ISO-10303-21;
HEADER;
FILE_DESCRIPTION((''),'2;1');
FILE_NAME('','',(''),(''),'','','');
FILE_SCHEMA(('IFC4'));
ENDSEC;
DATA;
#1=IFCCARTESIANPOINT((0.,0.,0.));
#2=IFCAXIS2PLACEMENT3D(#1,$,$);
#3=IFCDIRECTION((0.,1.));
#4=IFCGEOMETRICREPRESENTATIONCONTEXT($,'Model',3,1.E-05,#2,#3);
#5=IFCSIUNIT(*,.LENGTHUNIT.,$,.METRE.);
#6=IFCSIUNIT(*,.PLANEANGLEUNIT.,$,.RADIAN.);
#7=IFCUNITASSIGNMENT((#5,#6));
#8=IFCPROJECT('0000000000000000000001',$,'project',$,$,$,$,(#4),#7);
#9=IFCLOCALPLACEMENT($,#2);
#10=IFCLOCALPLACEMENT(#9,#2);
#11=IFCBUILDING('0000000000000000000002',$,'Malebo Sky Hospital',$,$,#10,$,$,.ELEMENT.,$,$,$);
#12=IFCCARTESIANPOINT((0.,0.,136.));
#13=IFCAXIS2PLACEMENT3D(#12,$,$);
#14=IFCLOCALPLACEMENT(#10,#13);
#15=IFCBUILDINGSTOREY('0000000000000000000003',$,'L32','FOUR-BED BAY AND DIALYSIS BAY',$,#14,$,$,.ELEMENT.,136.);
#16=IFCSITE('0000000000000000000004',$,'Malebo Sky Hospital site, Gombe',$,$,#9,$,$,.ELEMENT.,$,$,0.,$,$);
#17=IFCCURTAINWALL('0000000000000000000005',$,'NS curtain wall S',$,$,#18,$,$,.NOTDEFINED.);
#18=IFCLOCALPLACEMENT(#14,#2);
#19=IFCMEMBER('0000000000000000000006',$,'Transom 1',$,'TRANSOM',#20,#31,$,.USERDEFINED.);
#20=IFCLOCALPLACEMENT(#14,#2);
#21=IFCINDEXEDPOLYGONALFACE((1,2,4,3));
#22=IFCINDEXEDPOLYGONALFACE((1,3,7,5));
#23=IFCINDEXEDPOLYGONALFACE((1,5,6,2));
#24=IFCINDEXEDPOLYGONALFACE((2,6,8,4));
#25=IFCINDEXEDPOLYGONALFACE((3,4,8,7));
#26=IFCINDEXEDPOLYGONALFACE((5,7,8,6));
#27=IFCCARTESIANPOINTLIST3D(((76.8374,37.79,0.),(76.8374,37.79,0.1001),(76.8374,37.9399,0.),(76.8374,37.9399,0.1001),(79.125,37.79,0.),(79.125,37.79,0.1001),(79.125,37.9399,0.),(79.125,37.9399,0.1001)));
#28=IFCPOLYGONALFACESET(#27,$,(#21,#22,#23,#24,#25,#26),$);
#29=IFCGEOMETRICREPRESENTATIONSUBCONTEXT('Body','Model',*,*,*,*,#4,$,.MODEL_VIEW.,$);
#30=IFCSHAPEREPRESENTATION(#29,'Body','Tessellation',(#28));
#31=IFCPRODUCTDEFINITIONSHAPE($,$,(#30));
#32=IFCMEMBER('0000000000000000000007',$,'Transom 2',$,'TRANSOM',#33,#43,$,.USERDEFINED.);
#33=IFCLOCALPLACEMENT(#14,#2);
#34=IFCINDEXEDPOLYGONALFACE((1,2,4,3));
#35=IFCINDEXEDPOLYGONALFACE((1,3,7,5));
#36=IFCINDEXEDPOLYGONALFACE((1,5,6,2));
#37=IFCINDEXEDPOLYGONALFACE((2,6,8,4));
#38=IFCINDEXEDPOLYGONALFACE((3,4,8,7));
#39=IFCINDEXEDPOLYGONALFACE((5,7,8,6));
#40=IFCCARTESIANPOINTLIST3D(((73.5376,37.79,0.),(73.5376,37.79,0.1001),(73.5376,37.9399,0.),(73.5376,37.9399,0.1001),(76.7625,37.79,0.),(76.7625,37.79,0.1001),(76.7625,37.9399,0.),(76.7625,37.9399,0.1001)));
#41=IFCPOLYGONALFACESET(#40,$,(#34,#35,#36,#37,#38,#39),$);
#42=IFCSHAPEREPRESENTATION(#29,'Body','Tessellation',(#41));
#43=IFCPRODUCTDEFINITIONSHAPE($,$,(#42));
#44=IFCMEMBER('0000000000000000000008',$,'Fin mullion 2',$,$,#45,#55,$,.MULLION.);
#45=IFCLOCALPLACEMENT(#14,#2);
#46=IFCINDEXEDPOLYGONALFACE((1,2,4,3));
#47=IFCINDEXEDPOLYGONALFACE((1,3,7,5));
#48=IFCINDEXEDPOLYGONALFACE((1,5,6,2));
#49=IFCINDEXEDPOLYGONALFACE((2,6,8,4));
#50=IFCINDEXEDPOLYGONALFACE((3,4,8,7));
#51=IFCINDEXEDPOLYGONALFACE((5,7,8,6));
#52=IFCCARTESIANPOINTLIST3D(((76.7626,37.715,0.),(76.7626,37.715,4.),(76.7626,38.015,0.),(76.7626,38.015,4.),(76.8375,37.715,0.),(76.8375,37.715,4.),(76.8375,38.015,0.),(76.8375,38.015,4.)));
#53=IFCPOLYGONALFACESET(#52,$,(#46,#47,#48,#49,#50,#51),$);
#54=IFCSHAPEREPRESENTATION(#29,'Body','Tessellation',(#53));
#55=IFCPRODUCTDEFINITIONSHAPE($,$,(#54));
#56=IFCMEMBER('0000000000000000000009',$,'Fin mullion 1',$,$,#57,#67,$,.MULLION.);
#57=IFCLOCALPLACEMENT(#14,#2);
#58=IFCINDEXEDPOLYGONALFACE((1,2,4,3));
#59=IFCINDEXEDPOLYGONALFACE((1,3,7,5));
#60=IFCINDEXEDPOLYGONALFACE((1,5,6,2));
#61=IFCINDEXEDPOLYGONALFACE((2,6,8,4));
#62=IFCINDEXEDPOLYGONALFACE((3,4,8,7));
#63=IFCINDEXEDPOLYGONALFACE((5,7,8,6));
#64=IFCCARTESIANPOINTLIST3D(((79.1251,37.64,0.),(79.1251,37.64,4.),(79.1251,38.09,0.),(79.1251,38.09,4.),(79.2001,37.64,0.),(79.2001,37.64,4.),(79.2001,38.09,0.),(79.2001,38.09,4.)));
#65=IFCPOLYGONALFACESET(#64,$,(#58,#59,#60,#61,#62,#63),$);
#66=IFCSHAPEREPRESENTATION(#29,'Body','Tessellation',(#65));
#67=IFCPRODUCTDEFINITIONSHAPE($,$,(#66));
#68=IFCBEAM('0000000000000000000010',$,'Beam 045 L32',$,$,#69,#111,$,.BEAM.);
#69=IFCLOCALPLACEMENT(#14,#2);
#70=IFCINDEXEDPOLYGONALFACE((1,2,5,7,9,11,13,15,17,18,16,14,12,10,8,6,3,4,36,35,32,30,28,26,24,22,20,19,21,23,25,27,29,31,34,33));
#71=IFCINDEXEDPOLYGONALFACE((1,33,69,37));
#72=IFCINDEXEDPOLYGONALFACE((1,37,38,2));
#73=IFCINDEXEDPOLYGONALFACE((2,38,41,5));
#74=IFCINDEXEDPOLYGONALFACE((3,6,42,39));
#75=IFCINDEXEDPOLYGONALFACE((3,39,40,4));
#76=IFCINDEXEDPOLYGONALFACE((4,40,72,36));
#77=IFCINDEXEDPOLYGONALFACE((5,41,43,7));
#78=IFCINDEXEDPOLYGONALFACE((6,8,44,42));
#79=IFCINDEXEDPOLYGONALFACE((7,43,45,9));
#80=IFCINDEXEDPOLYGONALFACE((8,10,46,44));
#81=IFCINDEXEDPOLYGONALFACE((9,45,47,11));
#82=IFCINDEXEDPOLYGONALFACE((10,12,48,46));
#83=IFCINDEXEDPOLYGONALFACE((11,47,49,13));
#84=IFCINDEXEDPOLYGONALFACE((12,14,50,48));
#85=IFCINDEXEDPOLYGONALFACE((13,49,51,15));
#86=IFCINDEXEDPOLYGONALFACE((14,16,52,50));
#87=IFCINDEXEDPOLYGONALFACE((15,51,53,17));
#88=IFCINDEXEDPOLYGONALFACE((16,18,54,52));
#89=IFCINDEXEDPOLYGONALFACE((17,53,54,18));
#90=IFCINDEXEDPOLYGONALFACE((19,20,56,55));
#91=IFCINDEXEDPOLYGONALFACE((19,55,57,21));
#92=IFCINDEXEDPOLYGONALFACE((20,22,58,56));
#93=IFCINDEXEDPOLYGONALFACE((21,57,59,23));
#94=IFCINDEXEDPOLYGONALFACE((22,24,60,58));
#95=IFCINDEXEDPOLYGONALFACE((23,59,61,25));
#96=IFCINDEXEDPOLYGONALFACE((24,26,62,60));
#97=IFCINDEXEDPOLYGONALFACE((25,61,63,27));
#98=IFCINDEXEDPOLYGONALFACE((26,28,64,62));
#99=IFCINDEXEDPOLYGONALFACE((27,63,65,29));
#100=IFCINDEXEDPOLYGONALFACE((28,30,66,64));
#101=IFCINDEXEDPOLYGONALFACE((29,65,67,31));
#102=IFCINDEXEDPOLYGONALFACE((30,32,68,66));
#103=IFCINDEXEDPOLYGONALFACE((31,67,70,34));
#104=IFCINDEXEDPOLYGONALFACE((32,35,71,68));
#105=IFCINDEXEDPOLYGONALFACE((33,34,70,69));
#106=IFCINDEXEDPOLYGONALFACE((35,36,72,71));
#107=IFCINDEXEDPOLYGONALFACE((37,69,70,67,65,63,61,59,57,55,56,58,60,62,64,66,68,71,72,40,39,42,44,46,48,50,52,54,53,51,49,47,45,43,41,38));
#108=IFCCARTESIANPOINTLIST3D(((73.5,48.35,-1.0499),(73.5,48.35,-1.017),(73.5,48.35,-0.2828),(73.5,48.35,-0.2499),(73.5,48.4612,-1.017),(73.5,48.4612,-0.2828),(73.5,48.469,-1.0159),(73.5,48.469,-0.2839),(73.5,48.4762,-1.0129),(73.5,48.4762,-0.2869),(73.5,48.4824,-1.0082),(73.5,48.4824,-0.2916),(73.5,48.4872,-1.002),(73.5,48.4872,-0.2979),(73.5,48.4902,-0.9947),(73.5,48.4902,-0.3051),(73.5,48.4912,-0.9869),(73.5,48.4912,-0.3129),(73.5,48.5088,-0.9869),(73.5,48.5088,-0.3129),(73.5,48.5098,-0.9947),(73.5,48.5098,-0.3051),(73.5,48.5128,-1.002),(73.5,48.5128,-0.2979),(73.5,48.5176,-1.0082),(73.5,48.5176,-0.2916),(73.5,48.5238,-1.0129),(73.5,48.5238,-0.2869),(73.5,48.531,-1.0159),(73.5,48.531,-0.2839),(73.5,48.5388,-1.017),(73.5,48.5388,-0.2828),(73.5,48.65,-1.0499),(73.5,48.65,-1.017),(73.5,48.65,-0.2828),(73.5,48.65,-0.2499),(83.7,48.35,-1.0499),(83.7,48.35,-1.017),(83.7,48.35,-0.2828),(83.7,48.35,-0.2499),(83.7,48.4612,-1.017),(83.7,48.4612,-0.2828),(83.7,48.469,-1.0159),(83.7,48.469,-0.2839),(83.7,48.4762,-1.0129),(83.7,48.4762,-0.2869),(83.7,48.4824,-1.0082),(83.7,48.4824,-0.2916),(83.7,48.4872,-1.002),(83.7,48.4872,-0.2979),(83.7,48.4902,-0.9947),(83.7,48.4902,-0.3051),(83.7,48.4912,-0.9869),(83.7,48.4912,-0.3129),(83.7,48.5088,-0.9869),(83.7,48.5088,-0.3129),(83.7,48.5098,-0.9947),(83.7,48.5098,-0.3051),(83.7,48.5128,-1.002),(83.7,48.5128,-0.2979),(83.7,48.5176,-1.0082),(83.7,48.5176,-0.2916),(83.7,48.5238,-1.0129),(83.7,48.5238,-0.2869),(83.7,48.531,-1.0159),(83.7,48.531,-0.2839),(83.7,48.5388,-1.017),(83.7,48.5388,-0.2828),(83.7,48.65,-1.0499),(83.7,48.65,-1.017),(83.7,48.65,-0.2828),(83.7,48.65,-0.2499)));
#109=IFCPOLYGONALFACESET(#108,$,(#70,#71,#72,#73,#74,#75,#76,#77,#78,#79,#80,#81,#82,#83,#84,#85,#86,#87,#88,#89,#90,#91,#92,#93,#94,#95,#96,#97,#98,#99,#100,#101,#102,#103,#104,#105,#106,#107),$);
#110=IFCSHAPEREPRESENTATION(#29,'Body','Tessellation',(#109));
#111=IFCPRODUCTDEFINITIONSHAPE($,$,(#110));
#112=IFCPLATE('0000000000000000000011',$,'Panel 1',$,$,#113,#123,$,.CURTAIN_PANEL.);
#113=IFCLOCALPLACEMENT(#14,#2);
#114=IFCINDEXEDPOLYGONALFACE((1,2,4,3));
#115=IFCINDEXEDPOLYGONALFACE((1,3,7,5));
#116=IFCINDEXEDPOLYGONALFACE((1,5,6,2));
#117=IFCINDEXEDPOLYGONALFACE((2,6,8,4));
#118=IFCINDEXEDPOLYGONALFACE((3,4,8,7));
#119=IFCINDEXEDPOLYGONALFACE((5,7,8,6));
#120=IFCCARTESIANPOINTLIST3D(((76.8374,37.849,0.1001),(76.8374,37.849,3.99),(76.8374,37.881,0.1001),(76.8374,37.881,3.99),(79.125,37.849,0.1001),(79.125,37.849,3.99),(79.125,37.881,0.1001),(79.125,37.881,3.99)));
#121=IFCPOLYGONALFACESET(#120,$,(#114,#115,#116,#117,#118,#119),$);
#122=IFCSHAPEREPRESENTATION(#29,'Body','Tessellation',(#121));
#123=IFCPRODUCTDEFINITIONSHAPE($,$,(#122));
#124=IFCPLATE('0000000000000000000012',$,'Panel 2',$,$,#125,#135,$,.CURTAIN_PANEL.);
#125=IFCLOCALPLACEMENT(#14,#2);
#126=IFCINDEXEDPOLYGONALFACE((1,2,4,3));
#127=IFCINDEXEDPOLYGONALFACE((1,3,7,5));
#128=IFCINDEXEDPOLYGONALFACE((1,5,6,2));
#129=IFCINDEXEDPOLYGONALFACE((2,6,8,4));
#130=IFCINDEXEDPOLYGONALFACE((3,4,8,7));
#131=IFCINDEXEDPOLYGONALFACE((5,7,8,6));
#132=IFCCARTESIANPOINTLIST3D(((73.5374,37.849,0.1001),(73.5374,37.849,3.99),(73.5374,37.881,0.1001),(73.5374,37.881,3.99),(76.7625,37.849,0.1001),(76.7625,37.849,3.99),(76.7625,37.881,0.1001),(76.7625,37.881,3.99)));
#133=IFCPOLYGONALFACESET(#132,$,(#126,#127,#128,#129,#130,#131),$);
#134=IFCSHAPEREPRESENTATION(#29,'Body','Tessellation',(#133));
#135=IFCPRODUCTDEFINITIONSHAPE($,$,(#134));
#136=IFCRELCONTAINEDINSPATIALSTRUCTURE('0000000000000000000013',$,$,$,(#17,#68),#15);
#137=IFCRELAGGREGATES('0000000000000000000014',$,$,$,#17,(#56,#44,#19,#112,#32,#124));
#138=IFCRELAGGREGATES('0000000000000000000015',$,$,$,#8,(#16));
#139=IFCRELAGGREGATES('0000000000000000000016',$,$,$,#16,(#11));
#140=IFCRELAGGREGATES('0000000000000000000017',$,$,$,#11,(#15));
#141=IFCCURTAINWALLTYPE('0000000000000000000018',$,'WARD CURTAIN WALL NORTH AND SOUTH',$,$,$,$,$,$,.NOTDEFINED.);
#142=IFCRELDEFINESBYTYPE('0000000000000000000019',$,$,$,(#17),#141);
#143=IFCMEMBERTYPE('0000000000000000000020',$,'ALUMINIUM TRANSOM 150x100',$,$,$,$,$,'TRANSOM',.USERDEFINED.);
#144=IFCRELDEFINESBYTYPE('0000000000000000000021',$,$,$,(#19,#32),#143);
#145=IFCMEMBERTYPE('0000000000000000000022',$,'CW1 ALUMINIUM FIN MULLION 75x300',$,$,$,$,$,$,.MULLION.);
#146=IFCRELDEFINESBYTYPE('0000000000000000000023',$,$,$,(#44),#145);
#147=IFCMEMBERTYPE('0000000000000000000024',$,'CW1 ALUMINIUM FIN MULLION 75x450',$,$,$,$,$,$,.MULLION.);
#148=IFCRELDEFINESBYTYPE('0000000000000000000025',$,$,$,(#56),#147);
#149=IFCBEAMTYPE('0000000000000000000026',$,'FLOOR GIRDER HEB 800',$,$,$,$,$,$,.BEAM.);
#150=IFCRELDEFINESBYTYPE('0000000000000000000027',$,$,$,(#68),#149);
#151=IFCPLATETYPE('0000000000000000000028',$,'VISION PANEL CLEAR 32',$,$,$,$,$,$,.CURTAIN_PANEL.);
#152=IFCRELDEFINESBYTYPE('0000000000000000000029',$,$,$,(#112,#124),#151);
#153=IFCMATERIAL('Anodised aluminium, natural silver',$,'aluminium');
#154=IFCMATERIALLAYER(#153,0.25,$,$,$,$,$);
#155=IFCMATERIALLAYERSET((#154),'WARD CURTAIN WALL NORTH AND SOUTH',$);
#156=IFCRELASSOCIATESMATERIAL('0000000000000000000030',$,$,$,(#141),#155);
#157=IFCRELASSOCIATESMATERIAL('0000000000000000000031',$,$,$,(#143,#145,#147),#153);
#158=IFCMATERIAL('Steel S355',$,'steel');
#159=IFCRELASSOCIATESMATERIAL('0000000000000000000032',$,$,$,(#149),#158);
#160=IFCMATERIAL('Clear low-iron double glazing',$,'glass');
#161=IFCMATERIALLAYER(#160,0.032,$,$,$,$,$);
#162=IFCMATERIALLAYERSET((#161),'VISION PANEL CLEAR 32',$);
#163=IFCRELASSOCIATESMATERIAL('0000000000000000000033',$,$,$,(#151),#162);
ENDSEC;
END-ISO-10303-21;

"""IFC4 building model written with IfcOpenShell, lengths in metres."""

from ifc_helpers import new_model, si_unit, direction, frame, origin, origin_2d, place, context, subcontext, project, spatial, rectangle, i_section, extrude, material, layer, layer_set, material_profile, profile_set, type_object, element, aggregate, save


model = new_model("IFC4")

# Units and contexts
model_context = context("Model", 3, precision=1e-05, world=origin(), true_north=direction((0.0, 1.0)))
body_context = subcontext(model_context, "Body", "Model", "MODEL_VIEW")
ifc_project = project(units=[si_unit("LENGTHUNIT", "METRE"), si_unit("PLANEANGLEUNIT", "RADIAN")], contexts=[model_context])

# Site, building, storey
site_placement = place(None, origin())
site = spatial("IfcSite", under=ifc_project, at=site_placement, Name="Malebo Sky Hospital site, Gombe", CompositionType="ELEMENT", RefElevation=0.0)
building_placement = place(site_placement, origin())
building = spatial("IfcBuilding", under=site, at=building_placement, Name="Malebo Sky Hospital", CompositionType="ELEMENT")
storey_placement = place(building_placement, frame((0.0, 0.0, 136.0)))
storey = spatial("IfcBuildingStorey", under=building, at=storey_placement, Name="L32", Description="FOUR-BED BAY AND DIALYSIS BAY", CompositionType="ELEMENT", Elevation=136.0)

# Curtain wall, members
ifc_material_1 = material(Name="Anodised aluminium, natural silver", Category="aluminium")
ifc_layer_1 = layer(ifc_material_1, 0.25)
ifc_layer_set_1 = layer_set([ifc_layer_1], Name="WARD CURTAIN WALL NORTH AND SOUTH")
curtain_wall_type = type_object("IfcCurtainWallType", Name="WARD CURTAIN WALL NORTH AND SOUTH", PredefinedType="NOTDEFINED", material=ifc_layer_set_1)
curtain_wall_placement = place(storey_placement, origin())
curtain_wall = element("IfcCurtainWall", 1, at=curtain_wall_placement, inside=storey, type_object=curtain_wall_type, Name="NS curtain wall S", PredefinedType="NOTDEFINED")
ifc_material_profile_1 = material_profile(ifc_material_1, rectangle(XDim=0.1499, YDim=0.1001, at=origin_2d()), Name="ALUMINIUM TRANSOM 150x100")
ifc_profile_set_1 = profile_set([ifc_material_profile_1], Name="Anodised aluminium, natural silver")
member_type_1 = type_object("IfcMemberType", Name="ALUMINIUM TRANSOM 150x100", ElementType="TRANSOM", PredefinedType="USERDEFINED", material=ifc_profile_set_1)
member_1_placement = place(storey_placement, frame((79.125, 37.865, 0.05), z_axis=(-1.0, 0.0, 0.0), x_axis=(0.0, -1.0, 0.0)))
member_1 = element("IfcMember", 2, at=member_1_placement, type_object=member_type_1, Name="Transom 1", ObjectType="TRANSOM", PredefinedType="USERDEFINED", context=body_context, shape_type="SweptSolid", body=[
    extrude(rectangle(XDim=0.1499, YDim=0.1001, at=origin_2d()), origin(), (0.0, 0.0, 1.0), 2.2876),
])
member_2_placement = place(storey_placement, frame((76.7625, 37.865, 0.05), z_axis=(-1.0, 0.0, 0.0), x_axis=(0.0, -1.0, 0.0)))
member_2 = element("IfcMember", 3, at=member_2_placement, type_object=member_type_1, Name="Transom 2", ObjectType="TRANSOM", PredefinedType="USERDEFINED", context=body_context, shape_type="SweptSolid", body=[
    extrude(rectangle(XDim=0.1499, YDim=0.1001, at=origin_2d()), origin(), (0.0, 0.0, 1.0), 3.2249),
])
ifc_material_profile_2 = material_profile(ifc_material_1, rectangle(XDim=0.075, YDim=0.3, at=origin_2d()), Name="CW1 ALUMINIUM FIN MULLION 75x300")
ifc_profile_set_2 = profile_set([ifc_material_profile_2], Name="Anodised aluminium, natural silver")
member_type_2 = type_object("IfcMemberType", Name="CW1 ALUMINIUM FIN MULLION 75x300", PredefinedType="MULLION", material=ifc_profile_set_2)
member_3_placement = place(storey_placement, frame((76.8, 37.865, 0.0), z_axis=(0.0, 0.0, 1.0), x_axis=(-1.0, 0.0, 0.0)))
member_3 = element("IfcMember", 4, at=member_3_placement, type_object=member_type_2, Name="Fin mullion 2", PredefinedType="MULLION", context=body_context, shape_type="SweptSolid", body=[
    extrude(rectangle(XDim=0.075, YDim=0.3, at=origin_2d()), origin(), (0.0, 0.0, 1.0), 4.0),
])
ifc_material_profile_3 = material_profile(ifc_material_1, rectangle(XDim=0.075, YDim=0.45, at=origin_2d()), Name="CW1 ALUMINIUM FIN MULLION 75x450")
ifc_profile_set_3 = profile_set([ifc_material_profile_3], Name="Anodised aluminium, natural silver")
member_type_3 = type_object("IfcMemberType", Name="CW1 ALUMINIUM FIN MULLION 75x450", PredefinedType="MULLION", material=ifc_profile_set_3)
member_4_placement = place(storey_placement, frame((79.1626, 37.865, 0.0), z_axis=(0.0, 0.0, 1.0), x_axis=(-1.0, 0.0, 0.0)))
member_4 = element("IfcMember", 5, at=member_4_placement, type_object=member_type_3, Name="Fin mullion 1", PredefinedType="MULLION", context=body_context, shape_type="SweptSolid", body=[
    extrude(rectangle(XDim=0.075, YDim=0.45, at=origin_2d()), origin(), (0.0, 0.0, 1.0), 4.0),
])

# Beam
ifc_material_2 = material(Name="Steel S355", Category="steel")
ifc_material_profile_4 = material_profile(ifc_material_2, i_section(OverallWidth=0.3, OverallDepth=0.8, WebThickness=0.0176, FlangeThickness=0.033, FilletRadius=0.03, at=origin_2d()), Name="HEB 800")
ifc_profile_set_4 = profile_set([ifc_material_profile_4], Name="Steel S355")
beam_type = type_object("IfcBeamType", Name="FLOOR GIRDER HEB 800", PredefinedType="BEAM", material=ifc_profile_set_4)
beam_placement = place(storey_placement, frame((73.5, 48.5, -0.6499), z_axis=(1.0, 0.0, 0.0), x_axis=(0.0, 1.0, 0.0)))
element("IfcBeam", 6, at=beam_placement, inside=storey, type_object=beam_type, Name="Beam 045 L32", PredefinedType="BEAM", context=body_context, shape_type="SweptSolid", body=[
    extrude(i_section(OverallWidth=0.3, OverallDepth=0.8, WebThickness=0.0176, FlangeThickness=0.033, FilletRadius=0.03, at=origin_2d()), origin(), (0.0, 0.0, 1.0), 10.2),
])

# Plates
ifc_material_3 = material(Name="Clear low-iron double glazing", Category="glass")
ifc_layer_2 = layer(ifc_material_3, 0.032)
ifc_layer_set_2 = layer_set([ifc_layer_2], Name="VISION PANEL CLEAR 32")
plate_type = type_object("IfcPlateType", Name="VISION PANEL CLEAR 32", PredefinedType="CURTAIN_PANEL", material=ifc_layer_set_2)
plate_1_placement = place(storey_placement, frame((77.9812, 37.865, 0.1001), z_axis=(0.0, 0.0, 1.0), x_axis=(-1.0, 0.0, 0.0)))
plate_1 = element("IfcPlate", 7, at=plate_1_placement, type_object=plate_type, Name="Panel 1", PredefinedType="CURTAIN_PANEL", context=body_context, shape_type="SweptSolid", body=[
    extrude(rectangle(XDim=2.2876, YDim=0.032, at=origin_2d()), origin(), (0.0, 0.0, 1.0), 3.8899),
])
plate_2_placement = place(storey_placement, frame((75.1499, 37.865, 0.1001), z_axis=(0.0, 0.0, 1.0), x_axis=(-1.0, 0.0, 0.0)))
plate_2 = element("IfcPlate", 8, at=plate_2_placement, type_object=plate_type, Name="Panel 2", PredefinedType="CURTAIN_PANEL", context=body_context, shape_type="SweptSolid", body=[
    extrude(rectangle(XDim=3.2251, YDim=0.032, at=origin_2d()), origin(), (0.0, 0.0, 1.0), 3.8899),
])
aggregate(curtain_wall, [member_4, member_3, member_1, plate_1, member_2, plate_2])

save(model, "model.ifc")
